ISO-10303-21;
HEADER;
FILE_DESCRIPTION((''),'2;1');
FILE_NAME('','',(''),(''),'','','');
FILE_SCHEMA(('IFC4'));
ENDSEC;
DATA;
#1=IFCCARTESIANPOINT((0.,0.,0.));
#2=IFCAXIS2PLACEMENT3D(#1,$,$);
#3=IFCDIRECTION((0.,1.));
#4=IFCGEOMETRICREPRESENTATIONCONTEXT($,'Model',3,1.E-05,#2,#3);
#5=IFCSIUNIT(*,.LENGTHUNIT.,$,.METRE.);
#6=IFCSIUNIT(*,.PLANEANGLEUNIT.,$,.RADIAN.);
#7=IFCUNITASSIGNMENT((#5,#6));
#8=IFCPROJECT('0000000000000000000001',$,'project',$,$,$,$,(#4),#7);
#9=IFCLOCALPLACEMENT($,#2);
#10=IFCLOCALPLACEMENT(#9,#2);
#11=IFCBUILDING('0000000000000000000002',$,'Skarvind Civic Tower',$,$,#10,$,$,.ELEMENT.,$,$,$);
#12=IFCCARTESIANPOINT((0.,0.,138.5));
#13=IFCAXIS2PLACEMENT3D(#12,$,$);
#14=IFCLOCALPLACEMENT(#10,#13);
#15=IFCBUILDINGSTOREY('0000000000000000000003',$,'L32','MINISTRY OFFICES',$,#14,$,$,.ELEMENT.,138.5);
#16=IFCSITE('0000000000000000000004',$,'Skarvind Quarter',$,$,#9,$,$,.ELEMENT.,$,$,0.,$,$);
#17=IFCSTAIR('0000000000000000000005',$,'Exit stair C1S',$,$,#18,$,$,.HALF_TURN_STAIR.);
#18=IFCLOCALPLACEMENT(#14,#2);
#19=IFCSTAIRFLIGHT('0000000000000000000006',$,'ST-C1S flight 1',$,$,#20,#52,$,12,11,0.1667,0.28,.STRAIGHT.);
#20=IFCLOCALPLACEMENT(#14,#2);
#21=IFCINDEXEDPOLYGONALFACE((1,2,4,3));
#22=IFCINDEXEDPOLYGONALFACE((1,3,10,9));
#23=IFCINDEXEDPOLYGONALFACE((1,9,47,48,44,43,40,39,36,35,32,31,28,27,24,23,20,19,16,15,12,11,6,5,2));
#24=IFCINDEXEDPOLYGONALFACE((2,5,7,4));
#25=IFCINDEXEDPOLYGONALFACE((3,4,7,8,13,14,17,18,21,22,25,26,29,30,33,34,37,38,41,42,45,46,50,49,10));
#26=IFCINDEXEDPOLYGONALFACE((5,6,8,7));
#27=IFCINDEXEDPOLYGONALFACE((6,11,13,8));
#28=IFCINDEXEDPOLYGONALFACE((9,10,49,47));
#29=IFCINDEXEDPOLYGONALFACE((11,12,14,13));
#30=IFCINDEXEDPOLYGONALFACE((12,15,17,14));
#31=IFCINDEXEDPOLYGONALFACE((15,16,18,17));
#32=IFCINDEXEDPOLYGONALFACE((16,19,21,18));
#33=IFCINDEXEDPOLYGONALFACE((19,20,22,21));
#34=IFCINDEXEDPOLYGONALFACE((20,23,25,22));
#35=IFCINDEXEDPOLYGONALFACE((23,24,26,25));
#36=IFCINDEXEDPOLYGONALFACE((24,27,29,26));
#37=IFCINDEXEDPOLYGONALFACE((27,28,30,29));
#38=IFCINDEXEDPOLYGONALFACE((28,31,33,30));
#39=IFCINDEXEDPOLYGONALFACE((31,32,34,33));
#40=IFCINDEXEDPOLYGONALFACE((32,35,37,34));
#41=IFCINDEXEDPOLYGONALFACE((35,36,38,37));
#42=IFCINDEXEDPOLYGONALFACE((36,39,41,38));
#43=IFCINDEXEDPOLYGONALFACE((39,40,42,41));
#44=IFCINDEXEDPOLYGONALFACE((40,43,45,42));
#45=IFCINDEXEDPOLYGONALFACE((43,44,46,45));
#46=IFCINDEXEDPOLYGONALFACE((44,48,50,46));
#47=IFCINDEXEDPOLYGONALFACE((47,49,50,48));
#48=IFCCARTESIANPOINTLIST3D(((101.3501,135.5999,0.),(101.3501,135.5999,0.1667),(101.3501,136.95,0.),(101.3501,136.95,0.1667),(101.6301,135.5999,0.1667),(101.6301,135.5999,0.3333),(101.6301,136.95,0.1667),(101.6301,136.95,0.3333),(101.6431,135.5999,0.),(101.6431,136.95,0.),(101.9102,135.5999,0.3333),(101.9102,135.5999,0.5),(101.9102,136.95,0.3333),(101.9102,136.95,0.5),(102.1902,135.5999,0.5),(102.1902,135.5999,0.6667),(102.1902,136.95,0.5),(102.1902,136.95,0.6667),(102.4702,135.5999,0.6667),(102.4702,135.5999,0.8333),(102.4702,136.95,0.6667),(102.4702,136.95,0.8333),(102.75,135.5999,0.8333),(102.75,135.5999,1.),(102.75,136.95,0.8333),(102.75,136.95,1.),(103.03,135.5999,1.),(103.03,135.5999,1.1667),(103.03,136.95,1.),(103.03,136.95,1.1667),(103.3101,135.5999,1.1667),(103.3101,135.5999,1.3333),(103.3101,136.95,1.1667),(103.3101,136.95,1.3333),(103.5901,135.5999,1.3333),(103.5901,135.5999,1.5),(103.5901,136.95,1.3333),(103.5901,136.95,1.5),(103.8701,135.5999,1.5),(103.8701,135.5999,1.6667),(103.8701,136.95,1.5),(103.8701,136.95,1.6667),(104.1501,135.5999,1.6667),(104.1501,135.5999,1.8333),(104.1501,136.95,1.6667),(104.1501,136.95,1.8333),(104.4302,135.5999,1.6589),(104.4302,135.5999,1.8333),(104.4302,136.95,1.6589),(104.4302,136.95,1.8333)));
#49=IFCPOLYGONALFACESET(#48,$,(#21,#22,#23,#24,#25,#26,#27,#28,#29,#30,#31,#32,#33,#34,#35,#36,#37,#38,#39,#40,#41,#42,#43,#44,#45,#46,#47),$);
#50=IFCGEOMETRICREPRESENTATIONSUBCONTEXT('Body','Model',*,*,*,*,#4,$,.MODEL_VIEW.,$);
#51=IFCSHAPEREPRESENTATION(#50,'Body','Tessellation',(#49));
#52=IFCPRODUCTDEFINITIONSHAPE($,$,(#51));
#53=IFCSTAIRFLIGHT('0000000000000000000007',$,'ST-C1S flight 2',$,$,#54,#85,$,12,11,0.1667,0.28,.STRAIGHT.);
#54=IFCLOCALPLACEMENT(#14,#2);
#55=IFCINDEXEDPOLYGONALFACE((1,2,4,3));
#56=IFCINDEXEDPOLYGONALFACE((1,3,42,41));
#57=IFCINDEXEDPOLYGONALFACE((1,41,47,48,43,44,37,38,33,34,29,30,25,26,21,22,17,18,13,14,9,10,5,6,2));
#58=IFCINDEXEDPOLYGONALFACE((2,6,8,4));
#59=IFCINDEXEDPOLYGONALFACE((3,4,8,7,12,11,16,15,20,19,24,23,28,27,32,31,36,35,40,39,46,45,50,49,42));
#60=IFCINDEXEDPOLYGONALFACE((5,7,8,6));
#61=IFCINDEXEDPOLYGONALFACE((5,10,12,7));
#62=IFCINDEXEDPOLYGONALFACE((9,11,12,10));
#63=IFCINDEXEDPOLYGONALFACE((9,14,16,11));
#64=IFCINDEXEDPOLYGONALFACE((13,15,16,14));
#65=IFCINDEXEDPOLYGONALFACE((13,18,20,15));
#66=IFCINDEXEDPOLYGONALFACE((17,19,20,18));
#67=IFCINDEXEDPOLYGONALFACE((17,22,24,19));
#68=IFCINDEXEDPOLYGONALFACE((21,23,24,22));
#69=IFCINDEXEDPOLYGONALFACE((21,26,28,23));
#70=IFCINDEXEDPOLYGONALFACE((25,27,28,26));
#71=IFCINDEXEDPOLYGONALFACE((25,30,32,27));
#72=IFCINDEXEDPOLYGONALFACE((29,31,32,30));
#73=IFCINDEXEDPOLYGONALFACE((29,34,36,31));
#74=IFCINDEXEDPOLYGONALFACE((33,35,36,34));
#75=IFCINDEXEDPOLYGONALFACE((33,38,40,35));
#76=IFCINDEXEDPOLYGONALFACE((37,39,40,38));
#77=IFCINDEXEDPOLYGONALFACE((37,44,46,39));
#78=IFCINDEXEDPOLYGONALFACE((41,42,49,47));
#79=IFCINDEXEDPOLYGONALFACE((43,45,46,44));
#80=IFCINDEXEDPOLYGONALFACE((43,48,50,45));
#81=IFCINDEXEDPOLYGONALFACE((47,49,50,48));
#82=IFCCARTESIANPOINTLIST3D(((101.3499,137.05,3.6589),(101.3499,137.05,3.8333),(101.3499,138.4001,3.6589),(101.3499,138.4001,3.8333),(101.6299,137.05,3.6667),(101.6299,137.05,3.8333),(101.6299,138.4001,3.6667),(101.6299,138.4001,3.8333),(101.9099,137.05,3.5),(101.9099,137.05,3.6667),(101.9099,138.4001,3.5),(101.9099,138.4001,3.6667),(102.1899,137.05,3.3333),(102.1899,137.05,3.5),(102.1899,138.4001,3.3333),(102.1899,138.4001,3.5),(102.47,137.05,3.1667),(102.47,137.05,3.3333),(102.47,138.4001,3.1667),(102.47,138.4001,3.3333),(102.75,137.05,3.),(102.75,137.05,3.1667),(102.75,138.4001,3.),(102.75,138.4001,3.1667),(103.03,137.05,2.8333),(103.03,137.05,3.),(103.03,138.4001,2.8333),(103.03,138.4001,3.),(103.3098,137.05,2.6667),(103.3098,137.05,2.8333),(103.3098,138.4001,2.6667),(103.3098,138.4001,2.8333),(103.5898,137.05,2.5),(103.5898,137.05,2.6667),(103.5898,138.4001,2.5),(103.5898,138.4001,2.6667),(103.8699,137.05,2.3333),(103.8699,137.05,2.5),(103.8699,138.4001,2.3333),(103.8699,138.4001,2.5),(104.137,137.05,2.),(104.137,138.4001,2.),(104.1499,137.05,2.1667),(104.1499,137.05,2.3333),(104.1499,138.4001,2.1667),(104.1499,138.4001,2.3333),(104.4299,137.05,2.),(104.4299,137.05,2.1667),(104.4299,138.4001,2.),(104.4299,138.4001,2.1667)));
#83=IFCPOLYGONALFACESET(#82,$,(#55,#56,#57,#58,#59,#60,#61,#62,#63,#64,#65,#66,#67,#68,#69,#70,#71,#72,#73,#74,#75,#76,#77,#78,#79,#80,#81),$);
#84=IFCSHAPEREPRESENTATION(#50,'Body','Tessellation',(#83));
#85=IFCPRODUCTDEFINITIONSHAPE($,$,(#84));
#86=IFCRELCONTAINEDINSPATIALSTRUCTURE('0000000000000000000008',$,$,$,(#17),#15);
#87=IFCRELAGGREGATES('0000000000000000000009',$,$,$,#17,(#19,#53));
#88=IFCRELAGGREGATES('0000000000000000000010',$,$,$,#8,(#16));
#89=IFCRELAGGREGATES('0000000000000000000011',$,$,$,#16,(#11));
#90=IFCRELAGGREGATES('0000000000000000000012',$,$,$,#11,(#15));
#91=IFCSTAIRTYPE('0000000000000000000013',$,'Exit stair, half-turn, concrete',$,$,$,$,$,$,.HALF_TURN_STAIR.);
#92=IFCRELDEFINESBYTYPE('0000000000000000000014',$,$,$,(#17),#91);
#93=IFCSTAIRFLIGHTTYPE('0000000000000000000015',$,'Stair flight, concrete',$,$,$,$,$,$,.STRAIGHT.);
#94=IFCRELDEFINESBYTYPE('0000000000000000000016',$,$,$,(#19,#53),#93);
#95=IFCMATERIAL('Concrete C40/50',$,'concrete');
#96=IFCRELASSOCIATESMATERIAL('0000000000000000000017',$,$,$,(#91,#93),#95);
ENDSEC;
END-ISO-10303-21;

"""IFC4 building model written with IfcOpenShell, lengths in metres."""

from ifc_helpers import new_model, si_unit, direction, frame, origin, place, context, subcontext, project, spatial, polyline, outline, extrude, material, type_object, element, aggregate, save


model = new_model("IFC4")

# Units and contexts
model_context = context("Model", 3, precision=1e-05, world=origin(), true_north=direction((0.0, 1.0)))
body_context = subcontext(model_context, "Body", "Model", "MODEL_VIEW")
ifc_project = project(units=[si_unit("LENGTHUNIT", "METRE"), si_unit("PLANEANGLEUNIT", "RADIAN")], contexts=[model_context])

# Site, building, storey
site_placement = place(None, origin())
site = spatial("IfcSite", under=ifc_project, at=site_placement, Name="Skarvind Quarter", CompositionType="ELEMENT", RefElevation=0.0)
building_placement = place(site_placement, origin())
building = spatial("IfcBuilding", under=site, at=building_placement, Name="Skarvind Civic Tower", CompositionType="ELEMENT")
storey_placement = place(building_placement, frame((0.0, 0.0, 138.5)))
storey = spatial("IfcBuildingStorey", under=building, at=storey_placement, Name="L32", Description="MINISTRY OFFICES", CompositionType="ELEMENT", Elevation=138.5)

# Stair, stair flights
ifc_material_1 = material(Name="Concrete C40/50", Category="concrete")
stair_type = type_object("IfcStairType", Name="Exit stair, half-turn, concrete", PredefinedType="HALF_TURN_STAIR", material=ifc_material_1)
stair_placement = place(storey_placement, origin())
stair = element("IfcStair", 1, at=stair_placement, inside=storey, type_object=stair_type, Name="Exit stair C1S", PredefinedType="HALF_TURN_STAIR")
stair_flight_type = type_object("IfcStairFlightType", Name="Stair flight, concrete", PredefinedType="STRAIGHT", material=ifc_material_1)
stair_flight_1_placement = place(storey_placement, frame((101.3501, 136.2749, 0.0), z_axis=(0.0, 0.0, 1.0), x_axis=(1.0, 0.0, 0.0)))
stair_flight_1 = element("IfcStairFlight", 2, at=stair_flight_1_placement, type_object=stair_flight_type, Name="ST-C1S flight 1", NumberOfRisers=12, NumberOfTreads=11, PredefinedType="STRAIGHT", RiserHeight=0.1667, TreadLength=0.28, context=body_context, shape_type="SweptSolid", body=[
    extrude(outline(polyline([(0.0, 0.0), (0.0, 0.1667), (0.28, 0.1667), (0.28, 0.3333), (0.5601, 0.3333), (0.5601, 0.5), (0.8401, 0.5), (0.8401, 0.6667), (1.1201, 0.6667), (1.1201, 0.8333), (1.3999, 0.8333), (1.3999, 1.0), (1.6799, 1.0), (1.6799, 1.1667), (1.96, 1.1667), (1.96, 1.3333), (2.24, 1.3333), (2.24, 1.5), (2.52, 1.5), (2.52, 1.6667), (2.8, 1.6667), (2.8, 1.8333), (3.0801, 1.8333), (3.0801, 2.0), (3.0801, 1.6589), (0.293, 0.0), (0.0, 0.0)])), frame((0.0, 0.675, 0.0), z_axis=(0.0, -1.0, 0.0), x_axis=(1.0, 0.0, 0.0)), (0.0, 0.0, 1.0), 1.3501),
])
stair_flight_2_placement = place(storey_placement, frame((104.4299, 137.7251, 2.0), z_axis=(0.0, 0.0, 1.0), x_axis=(-1.0, 0.0, 0.0)))
stair_flight_2 = element("IfcStairFlight", 3, at=stair_flight_2_placement, type_object=stair_flight_type, Name="ST-C1S flight 2", NumberOfRisers=12, NumberOfTreads=11, PredefinedType="STRAIGHT", RiserHeight=0.1667, TreadLength=0.28, context=body_context, shape_type="SweptSolid", body=[
    extrude(outline(polyline([(0.0, 0.0), (0.0, 0.1667), (0.28, 0.1667), (0.28, 0.3333), (0.5601, 0.3333), (0.5601, 0.5), (0.8401, 0.5), (0.8401, 0.6667), (1.1201, 0.6667), (1.1201, 0.8333), (1.3999, 0.8333), (1.3999, 1.0), (1.6799, 1.0), (1.6799, 1.1667), (1.96, 1.1667), (1.96, 1.3333), (2.24, 1.3333), (2.24, 1.5), (2.52, 1.5), (2.52, 1.6667), (2.8, 1.6667), (2.8, 1.8333), (3.0801, 1.8333), (3.0801, 2.0), (3.0801, 1.6589), (0.293, 0.0), (0.0, 0.0)])), frame((0.0, 0.675, 0.0), z_axis=(0.0, -1.0, 0.0), x_axis=(1.0, 0.0, 0.0)), (0.0, 0.0, 1.0), 1.3501),
])
aggregate(stair, [stair_flight_1, stair_flight_2])

save(model, "model.ifc")
